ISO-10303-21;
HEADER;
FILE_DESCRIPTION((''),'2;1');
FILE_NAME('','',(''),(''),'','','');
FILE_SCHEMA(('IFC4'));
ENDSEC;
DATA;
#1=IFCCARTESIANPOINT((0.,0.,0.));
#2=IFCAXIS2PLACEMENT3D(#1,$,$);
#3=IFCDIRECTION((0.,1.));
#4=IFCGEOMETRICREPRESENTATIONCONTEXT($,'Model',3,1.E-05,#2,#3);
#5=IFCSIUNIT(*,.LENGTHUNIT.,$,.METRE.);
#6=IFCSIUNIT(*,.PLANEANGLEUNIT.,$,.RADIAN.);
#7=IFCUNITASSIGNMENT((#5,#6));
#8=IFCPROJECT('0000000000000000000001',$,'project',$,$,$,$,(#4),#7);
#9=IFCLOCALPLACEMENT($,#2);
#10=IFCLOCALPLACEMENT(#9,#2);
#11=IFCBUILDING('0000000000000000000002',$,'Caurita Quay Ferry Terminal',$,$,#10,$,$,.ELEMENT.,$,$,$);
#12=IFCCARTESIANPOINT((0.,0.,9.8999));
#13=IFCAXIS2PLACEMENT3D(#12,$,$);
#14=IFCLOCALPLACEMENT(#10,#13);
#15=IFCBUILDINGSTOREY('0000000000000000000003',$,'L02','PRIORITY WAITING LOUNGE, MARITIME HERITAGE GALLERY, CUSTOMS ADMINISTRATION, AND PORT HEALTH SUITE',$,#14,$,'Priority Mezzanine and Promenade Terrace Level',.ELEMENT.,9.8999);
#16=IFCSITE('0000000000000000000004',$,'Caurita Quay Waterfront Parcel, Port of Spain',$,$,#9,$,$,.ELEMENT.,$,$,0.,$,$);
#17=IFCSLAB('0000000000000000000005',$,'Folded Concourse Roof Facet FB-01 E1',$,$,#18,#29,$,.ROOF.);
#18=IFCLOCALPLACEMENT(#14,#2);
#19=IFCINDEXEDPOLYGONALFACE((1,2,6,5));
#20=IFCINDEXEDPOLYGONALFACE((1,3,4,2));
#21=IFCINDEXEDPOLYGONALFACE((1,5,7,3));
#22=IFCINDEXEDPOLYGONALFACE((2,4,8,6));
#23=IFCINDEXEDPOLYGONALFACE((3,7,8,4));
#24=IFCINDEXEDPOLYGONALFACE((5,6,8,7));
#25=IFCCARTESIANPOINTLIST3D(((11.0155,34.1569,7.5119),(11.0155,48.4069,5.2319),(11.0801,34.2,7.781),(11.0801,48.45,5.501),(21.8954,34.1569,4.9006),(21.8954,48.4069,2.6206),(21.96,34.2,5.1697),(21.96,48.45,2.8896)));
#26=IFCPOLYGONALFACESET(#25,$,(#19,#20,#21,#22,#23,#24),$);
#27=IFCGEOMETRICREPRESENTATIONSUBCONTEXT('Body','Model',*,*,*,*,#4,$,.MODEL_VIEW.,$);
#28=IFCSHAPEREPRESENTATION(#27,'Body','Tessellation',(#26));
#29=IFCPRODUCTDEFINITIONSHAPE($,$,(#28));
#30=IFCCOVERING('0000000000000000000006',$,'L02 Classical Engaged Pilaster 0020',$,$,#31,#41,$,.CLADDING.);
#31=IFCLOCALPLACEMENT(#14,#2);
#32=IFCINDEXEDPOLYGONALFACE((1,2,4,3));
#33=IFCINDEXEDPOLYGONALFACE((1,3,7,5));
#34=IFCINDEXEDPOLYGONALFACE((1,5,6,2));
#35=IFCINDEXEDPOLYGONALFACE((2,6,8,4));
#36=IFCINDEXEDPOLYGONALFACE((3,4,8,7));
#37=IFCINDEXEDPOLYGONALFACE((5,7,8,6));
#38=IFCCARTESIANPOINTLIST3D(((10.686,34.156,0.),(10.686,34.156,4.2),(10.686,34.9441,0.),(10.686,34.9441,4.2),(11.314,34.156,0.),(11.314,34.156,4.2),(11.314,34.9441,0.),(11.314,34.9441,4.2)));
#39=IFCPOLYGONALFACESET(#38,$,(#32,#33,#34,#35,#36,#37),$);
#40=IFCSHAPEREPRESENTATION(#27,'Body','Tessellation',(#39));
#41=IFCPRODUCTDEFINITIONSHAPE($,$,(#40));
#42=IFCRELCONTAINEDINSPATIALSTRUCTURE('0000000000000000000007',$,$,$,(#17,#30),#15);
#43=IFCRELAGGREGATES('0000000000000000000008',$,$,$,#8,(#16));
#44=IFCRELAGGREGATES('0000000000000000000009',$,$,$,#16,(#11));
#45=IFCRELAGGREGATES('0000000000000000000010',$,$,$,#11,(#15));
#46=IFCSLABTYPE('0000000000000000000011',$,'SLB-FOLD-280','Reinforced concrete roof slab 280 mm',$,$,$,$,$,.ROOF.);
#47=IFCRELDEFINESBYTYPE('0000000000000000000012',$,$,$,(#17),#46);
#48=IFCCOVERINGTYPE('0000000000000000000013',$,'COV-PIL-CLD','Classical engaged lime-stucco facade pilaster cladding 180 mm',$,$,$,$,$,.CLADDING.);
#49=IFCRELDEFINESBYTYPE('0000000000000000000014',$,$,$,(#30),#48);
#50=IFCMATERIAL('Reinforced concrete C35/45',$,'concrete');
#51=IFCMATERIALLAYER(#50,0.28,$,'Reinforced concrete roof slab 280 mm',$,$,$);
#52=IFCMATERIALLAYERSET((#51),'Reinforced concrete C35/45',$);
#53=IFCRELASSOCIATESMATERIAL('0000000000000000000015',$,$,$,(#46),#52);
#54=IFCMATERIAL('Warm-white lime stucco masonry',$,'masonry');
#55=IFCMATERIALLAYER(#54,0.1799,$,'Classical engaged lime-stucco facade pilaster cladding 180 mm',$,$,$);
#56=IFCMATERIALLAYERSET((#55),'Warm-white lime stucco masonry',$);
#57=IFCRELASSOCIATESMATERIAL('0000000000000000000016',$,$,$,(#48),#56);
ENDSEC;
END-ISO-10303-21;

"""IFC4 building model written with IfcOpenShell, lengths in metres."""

from ifc_helpers import new_model, si_unit, direction, frame, origin, origin_2d, place, context, subcontext, project, spatial, polyline, rectangle, outline, extrude, material, layer, layer_set, type_object, element, save


model = new_model("IFC4")

# Units and contexts
model_context = context("Model", 3, precision=1e-05, world=origin(), true_north=direction((0.0, 1.0)))
body_context = subcontext(model_context, "Body", "Model", "MODEL_VIEW")
ifc_project = project(units=[si_unit("LENGTHUNIT", "METRE"), si_unit("PLANEANGLEUNIT", "RADIAN")], contexts=[model_context])

# Site, building, storey
site_placement = place(None, origin())
site = spatial("IfcSite", under=ifc_project, at=site_placement, Name="Caurita Quay Waterfront Parcel, Port of Spain", CompositionType="ELEMENT", RefElevation=0.0)
building_placement = place(site_placement, origin())
building = spatial("IfcBuilding", under=site, at=building_placement, Name="Caurita Quay Ferry Terminal", CompositionType="ELEMENT")
storey_placement = place(building_placement, frame((0.0, 0.0, 9.8999)))
storey = spatial("IfcBuildingStorey", under=building, at=storey_placement, Name="L02", Description="PRIORITY WAITING LOUNGE, MARITIME HERITAGE GALLERY, CUSTOMS ADMINISTRATION, AND PORT HEALTH SUITE", LongName="Priority Mezzanine and Promenade Terrace Level", CompositionType="ELEMENT", Elevation=9.8999)

# Slab
ifc_material_1 = material(Name="Reinforced concrete C35/45", Category="concrete")
ifc_layer_1 = layer(ifc_material_1, 0.28, Name="Reinforced concrete roof slab 280 mm")
ifc_layer_set_1 = layer_set([ifc_layer_1], Name="Reinforced concrete C35/45")
slab_type = type_object("IfcSlabType", Name="SLB-FOLD-280", Description="Reinforced concrete roof slab 280 mm", PredefinedType="ROOF", material=ifc_layer_set_1)
slab_placement = place(storey_placement, frame((11.0801, 34.2, 7.781), z_axis=(0.230612, 0.153734, 0.960825), x_axis=(0.972384, 0.0, -0.233386)))
element("IfcSlab", 1, at=slab_placement, inside=storey, type_object=slab_type, Name="Folded Concourse Roof Facet FB-01 E1", PredefinedType="ROOF", context=body_context, shape_type="SweptSolid", body=[
    extrude(outline(polyline([(0.0, 0.0), (11.1889, 0.0), (11.721, 14.4214), (0.5321, 14.4214), (0.0, 0.0)])), origin(), (0.0, 0.0, -1.0), 0.28),
])

# Covering
ifc_material_2 = material(Name="Warm-white lime stucco masonry", Category="masonry")
ifc_layer_2 = layer(ifc_material_2, 0.1799, Name="Classical engaged lime-stucco facade pilaster cladding 180 mm")
ifc_layer_set_2 = layer_set([ifc_layer_2], Name="Warm-white lime stucco masonry")
covering_type = type_object("IfcCoveringType", Name="COV-PIL-CLD", Description="Classical engaged lime-stucco facade pilaster cladding 180 mm", PredefinedType="CLADDING", material=ifc_layer_set_2)
covering_placement = place(storey_placement, frame((11.0, 34.55, 0.0), z_axis=(0.0, 0.0, 1.0), x_axis=(1.0, 0.0, 0.0)))
element("IfcCovering", 2, at=covering_placement, inside=storey, type_object=covering_type, Name="L02 Classical Engaged Pilaster 0020", PredefinedType="CLADDING", context=body_context, shape_type="SweptSolid", body=[
    extrude(rectangle(XDim=0.6279, YDim=0.7881, at=origin_2d()), origin(), (0.0, 0.0, 1.0), 4.2),
])

save(model, "model.ifc")
